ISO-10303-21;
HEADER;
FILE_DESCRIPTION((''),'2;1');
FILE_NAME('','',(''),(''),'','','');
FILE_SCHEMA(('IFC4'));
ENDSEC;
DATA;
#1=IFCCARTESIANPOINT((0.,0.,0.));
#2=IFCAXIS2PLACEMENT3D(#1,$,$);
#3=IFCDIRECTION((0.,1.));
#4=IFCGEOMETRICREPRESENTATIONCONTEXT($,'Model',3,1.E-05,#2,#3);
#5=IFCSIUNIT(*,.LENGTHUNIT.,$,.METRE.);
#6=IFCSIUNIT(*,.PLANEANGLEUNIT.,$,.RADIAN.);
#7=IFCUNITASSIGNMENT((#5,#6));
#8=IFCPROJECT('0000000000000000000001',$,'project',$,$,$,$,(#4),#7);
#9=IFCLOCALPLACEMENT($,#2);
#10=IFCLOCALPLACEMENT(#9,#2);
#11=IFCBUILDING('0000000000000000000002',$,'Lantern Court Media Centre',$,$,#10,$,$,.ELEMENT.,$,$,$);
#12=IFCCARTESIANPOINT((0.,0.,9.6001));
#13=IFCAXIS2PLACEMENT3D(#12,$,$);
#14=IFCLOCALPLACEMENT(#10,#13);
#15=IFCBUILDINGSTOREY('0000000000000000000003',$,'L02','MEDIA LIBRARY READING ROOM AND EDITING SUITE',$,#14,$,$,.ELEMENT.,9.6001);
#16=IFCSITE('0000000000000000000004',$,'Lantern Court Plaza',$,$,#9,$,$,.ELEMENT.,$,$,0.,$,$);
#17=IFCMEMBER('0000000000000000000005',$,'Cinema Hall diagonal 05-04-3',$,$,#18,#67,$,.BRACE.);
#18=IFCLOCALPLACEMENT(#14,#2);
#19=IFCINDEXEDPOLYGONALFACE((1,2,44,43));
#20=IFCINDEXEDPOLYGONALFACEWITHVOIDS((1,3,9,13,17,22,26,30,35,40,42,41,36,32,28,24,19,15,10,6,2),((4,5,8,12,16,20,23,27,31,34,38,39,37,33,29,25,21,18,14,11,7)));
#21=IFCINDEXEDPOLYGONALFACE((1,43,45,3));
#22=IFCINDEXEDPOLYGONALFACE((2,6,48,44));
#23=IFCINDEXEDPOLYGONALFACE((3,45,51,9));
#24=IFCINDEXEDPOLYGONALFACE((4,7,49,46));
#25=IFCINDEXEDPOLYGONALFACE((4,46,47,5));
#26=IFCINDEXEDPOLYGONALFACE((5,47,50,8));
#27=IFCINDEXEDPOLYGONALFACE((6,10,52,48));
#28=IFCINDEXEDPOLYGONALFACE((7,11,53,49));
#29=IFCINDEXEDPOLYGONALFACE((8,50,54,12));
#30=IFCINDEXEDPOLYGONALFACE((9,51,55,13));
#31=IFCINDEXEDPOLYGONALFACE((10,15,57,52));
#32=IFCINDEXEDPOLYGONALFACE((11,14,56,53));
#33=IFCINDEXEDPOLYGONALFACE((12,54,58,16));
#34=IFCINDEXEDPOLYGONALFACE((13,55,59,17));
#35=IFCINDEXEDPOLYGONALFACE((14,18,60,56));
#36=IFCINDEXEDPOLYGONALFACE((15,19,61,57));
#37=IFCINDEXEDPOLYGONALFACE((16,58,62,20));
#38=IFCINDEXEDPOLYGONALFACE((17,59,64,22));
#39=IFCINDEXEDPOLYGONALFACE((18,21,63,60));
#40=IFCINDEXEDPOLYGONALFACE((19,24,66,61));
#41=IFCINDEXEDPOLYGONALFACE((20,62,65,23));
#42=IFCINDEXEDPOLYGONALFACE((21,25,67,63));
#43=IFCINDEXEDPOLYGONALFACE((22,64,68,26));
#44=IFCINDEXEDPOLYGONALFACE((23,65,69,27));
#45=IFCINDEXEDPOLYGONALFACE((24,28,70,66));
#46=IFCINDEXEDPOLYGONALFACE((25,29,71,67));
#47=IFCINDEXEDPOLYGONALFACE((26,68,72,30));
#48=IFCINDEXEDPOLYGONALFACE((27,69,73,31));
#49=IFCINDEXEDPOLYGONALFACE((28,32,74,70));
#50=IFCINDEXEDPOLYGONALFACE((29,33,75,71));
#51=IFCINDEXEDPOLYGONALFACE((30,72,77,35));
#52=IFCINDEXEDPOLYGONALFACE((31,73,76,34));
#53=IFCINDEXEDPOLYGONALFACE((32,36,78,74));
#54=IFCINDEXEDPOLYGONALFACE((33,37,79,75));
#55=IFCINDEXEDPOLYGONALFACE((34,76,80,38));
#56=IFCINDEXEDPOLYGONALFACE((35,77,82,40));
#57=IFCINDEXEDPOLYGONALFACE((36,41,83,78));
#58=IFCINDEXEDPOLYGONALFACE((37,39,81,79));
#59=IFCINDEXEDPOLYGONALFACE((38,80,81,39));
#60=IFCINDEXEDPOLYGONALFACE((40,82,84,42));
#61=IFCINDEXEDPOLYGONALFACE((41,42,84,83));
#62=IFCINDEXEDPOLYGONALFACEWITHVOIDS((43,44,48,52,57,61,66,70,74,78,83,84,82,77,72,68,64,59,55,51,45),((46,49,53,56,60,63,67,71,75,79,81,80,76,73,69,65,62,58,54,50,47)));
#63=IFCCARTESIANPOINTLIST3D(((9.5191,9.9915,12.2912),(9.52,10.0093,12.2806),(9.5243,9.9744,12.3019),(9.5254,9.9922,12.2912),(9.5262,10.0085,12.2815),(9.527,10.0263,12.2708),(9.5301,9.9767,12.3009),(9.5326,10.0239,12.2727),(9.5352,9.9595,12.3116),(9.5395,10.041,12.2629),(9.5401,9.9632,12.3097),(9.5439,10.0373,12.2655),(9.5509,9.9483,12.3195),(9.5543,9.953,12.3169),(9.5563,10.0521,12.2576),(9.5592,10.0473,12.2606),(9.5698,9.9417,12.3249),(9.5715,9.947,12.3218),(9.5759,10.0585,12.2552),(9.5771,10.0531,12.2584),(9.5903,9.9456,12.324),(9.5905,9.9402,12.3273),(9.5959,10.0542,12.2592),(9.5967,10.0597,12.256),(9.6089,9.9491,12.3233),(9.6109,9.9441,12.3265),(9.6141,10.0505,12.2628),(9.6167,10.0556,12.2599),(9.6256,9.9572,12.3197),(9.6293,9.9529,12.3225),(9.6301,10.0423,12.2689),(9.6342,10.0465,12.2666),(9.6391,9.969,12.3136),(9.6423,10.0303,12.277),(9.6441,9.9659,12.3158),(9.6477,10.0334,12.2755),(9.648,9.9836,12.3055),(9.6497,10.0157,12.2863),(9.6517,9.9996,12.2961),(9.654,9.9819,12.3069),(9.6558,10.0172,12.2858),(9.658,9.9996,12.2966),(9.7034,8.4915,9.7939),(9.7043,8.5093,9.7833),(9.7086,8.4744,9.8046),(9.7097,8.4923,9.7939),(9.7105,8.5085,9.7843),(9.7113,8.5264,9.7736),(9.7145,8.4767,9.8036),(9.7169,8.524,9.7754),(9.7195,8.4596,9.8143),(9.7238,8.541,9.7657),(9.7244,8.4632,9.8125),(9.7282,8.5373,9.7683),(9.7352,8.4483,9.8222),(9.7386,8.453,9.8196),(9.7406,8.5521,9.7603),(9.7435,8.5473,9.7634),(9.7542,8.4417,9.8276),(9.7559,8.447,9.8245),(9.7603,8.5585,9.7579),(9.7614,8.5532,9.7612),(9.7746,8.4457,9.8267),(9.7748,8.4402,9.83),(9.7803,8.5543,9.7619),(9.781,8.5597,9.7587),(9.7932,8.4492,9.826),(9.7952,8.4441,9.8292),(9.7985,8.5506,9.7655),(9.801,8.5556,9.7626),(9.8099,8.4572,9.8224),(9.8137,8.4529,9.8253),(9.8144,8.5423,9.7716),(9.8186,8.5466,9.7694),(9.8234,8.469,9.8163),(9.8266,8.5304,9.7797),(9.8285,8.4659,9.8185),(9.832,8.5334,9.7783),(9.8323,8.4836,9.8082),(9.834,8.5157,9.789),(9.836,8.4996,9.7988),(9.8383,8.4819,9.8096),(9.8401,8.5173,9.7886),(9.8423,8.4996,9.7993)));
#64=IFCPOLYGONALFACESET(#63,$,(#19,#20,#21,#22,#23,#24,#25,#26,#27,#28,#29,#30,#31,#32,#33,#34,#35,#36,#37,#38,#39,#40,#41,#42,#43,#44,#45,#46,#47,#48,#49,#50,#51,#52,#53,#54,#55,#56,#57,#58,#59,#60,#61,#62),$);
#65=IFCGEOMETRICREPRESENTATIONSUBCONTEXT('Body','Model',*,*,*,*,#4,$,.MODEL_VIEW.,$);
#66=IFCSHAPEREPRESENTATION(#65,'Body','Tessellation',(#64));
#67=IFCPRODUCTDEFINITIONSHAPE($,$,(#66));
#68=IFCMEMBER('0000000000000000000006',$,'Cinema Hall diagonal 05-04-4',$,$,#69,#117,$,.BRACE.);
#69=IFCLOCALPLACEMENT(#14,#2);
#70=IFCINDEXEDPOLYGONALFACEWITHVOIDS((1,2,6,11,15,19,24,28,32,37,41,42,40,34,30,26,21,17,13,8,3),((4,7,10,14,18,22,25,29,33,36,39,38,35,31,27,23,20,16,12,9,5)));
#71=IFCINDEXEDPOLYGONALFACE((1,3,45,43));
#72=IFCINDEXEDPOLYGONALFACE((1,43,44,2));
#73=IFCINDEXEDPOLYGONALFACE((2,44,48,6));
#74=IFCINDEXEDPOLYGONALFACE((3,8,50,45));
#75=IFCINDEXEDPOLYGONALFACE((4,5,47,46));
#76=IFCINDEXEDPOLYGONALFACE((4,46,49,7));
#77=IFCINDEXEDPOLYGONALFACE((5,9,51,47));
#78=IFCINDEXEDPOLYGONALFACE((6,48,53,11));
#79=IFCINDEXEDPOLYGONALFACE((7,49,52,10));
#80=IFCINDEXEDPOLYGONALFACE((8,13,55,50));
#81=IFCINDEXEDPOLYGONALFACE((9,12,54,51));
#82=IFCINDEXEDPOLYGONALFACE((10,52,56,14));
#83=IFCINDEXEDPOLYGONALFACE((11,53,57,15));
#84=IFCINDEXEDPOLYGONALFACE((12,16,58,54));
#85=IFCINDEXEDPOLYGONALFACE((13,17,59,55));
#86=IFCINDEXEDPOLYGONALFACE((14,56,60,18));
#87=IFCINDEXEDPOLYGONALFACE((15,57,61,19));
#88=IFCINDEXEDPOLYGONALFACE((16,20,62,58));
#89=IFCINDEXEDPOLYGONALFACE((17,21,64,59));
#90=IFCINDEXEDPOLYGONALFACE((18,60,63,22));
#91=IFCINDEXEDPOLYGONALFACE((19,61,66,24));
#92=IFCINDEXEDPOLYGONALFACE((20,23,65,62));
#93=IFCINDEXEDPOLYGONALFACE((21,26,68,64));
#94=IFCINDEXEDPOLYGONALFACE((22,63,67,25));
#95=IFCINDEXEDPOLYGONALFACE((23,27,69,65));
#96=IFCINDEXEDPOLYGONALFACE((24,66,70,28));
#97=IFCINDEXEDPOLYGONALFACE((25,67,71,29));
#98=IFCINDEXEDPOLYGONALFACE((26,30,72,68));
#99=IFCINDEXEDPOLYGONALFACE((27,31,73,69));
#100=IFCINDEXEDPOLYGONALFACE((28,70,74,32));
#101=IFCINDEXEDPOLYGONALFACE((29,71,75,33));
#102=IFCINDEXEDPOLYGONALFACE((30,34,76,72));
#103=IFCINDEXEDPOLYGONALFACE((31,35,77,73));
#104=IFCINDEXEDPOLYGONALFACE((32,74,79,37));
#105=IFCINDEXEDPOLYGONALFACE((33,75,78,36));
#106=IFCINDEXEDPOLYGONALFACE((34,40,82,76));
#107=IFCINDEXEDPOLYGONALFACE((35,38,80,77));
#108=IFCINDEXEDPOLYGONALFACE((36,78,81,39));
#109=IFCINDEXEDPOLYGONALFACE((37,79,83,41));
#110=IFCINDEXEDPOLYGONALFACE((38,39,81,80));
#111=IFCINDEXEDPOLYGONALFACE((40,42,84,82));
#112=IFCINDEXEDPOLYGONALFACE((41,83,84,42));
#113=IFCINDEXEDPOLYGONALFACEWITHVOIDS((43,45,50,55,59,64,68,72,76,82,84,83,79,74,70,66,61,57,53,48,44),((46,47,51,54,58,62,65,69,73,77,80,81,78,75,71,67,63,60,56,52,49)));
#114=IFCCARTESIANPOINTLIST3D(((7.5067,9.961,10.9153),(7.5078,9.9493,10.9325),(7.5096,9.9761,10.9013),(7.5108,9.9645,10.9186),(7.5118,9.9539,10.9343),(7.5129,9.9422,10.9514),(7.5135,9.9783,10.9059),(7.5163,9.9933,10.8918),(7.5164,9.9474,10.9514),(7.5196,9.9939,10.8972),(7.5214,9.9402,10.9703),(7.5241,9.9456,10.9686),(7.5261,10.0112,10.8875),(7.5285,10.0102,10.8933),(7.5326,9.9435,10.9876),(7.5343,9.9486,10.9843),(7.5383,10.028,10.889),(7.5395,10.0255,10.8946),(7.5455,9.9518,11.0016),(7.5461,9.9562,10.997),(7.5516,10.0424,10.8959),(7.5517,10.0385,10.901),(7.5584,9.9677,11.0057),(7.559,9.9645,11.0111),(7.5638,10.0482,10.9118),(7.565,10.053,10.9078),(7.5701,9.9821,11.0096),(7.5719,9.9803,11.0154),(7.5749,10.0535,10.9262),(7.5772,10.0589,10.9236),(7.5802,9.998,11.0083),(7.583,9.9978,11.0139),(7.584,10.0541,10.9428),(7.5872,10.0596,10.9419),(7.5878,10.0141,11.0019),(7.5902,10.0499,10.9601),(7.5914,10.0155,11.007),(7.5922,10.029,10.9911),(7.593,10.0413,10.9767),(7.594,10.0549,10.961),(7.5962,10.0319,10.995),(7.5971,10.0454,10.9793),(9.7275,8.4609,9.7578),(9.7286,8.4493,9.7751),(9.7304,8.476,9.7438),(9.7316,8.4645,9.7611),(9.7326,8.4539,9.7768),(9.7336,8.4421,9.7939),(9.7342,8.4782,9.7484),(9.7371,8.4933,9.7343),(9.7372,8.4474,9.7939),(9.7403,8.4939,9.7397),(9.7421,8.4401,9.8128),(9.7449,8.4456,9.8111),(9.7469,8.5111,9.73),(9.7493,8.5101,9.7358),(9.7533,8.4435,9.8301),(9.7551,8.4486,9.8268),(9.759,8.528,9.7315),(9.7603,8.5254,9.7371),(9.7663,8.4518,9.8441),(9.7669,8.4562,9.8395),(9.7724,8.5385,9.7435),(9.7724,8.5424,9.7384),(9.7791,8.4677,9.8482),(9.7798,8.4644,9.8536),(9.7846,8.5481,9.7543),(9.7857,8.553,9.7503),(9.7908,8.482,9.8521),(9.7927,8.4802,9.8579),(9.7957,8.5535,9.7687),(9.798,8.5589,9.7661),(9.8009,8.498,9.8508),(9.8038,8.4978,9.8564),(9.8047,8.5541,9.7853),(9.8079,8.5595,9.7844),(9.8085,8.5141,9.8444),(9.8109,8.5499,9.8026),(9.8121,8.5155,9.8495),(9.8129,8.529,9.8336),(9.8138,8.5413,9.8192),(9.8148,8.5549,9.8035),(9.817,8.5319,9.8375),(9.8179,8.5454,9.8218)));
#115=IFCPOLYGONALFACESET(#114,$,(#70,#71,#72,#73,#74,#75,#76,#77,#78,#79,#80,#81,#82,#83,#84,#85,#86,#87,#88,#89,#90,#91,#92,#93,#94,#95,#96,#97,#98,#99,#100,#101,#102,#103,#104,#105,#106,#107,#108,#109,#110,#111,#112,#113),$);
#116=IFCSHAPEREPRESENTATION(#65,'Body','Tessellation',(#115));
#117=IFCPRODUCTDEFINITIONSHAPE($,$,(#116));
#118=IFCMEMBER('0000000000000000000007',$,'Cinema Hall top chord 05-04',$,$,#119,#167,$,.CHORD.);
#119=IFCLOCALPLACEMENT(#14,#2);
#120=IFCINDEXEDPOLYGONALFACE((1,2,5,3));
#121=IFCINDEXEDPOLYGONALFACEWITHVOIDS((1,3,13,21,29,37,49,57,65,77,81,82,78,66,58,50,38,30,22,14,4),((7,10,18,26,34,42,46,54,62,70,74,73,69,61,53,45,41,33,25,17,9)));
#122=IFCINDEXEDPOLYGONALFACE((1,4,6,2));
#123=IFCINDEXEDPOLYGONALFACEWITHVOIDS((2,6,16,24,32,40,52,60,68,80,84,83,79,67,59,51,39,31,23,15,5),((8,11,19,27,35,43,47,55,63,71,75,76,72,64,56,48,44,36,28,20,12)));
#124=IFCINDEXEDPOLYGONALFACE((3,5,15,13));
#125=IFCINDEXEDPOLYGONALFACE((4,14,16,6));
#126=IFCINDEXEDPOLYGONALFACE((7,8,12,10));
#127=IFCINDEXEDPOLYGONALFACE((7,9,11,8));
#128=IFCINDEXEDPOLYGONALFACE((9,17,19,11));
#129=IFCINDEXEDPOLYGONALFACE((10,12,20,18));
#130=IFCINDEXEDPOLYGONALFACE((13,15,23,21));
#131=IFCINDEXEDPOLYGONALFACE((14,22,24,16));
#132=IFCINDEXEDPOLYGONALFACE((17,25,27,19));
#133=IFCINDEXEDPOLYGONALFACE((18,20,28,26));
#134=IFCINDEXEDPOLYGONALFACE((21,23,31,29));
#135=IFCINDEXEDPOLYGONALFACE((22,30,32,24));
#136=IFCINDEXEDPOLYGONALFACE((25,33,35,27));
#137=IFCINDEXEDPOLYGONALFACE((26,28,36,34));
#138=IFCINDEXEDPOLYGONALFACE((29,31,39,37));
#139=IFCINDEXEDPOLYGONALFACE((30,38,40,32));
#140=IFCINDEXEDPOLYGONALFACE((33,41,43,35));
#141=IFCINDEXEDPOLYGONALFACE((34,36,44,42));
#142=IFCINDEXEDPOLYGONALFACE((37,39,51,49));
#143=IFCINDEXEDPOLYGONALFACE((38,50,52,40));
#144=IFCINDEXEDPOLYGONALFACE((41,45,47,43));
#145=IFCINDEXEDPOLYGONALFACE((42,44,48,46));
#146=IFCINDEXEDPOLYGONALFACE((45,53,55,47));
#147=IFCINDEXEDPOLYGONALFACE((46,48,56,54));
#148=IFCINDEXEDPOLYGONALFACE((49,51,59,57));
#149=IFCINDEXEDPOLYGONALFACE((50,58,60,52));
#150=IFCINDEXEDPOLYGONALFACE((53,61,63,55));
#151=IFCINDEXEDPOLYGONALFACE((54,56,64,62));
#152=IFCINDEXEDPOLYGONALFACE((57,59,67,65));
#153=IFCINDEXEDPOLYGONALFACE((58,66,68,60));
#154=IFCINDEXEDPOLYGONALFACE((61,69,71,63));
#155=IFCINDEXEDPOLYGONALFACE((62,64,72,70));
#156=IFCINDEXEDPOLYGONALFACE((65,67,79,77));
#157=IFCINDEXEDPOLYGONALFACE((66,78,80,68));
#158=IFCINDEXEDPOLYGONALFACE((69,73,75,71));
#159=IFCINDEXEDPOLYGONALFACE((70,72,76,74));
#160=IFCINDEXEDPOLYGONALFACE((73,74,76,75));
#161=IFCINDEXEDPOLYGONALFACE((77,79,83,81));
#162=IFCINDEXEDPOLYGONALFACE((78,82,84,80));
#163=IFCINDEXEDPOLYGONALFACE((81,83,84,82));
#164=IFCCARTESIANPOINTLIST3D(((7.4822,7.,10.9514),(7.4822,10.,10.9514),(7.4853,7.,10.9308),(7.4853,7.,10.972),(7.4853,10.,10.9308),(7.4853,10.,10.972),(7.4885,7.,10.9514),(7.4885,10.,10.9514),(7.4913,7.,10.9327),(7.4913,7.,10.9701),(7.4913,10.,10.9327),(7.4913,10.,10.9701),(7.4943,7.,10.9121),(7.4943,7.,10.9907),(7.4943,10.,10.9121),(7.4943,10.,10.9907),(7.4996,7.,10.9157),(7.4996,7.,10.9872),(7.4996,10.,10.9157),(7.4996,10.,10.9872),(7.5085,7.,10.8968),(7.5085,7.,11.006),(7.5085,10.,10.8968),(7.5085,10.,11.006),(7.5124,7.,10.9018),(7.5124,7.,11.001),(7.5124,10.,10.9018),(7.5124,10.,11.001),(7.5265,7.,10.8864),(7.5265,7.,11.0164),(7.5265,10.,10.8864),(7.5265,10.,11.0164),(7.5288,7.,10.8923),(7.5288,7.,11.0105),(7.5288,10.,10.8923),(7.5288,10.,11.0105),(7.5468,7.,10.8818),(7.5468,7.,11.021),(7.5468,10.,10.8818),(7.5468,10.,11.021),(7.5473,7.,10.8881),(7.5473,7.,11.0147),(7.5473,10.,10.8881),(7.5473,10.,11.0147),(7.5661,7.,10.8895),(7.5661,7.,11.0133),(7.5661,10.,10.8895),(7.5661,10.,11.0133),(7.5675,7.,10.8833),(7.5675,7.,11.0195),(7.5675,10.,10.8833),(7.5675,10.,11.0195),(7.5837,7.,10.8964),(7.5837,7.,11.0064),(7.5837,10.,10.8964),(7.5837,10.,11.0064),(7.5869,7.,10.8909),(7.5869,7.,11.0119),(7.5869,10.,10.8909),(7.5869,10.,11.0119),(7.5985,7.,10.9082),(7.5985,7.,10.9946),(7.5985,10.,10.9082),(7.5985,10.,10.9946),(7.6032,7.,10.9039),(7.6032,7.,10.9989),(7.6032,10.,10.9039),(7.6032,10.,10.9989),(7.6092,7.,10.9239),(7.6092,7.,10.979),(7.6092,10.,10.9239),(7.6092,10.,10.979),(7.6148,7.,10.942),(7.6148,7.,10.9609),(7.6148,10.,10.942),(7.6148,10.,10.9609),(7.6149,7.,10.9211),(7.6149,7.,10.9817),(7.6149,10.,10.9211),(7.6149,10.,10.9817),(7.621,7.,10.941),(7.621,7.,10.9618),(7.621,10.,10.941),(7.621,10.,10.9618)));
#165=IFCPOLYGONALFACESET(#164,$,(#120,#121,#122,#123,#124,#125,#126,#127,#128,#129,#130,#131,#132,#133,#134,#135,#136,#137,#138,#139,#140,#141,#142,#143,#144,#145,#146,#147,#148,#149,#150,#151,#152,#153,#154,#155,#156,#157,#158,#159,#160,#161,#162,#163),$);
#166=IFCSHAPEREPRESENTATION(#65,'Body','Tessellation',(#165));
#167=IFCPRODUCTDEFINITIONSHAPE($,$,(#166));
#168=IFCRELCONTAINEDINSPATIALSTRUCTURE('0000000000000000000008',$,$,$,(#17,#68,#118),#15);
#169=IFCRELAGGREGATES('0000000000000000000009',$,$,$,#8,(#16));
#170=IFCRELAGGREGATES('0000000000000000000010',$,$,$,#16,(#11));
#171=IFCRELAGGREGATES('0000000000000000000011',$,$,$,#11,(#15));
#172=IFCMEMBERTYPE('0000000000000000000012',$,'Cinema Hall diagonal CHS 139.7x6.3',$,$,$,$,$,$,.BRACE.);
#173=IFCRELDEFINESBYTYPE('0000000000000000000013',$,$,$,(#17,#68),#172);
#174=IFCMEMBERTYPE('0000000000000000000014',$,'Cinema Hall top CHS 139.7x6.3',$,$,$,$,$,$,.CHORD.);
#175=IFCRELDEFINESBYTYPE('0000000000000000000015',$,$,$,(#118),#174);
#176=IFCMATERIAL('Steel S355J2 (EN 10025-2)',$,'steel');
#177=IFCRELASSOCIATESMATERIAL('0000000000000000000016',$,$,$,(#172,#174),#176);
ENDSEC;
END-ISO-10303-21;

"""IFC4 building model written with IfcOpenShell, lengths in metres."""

from ifc_helpers import new_model, si_unit, direction, frame, origin, origin_2d, place, context, subcontext, project, spatial, hollow_circle, extrude, material, material_profile, profile_set, type_object, element, save


model = new_model("IFC4")

# Units and contexts
model_context = context("Model", 3, precision=1e-05, world=origin(), true_north=direction((0.0, 1.0)))
body_context = subcontext(model_context, "Body", "Model", "MODEL_VIEW")
ifc_project = project(units=[si_unit("LENGTHUNIT", "METRE"), si_unit("PLANEANGLEUNIT", "RADIAN")], contexts=[model_context])

# Site, building, storey
site_placement = place(None, origin())
site = spatial("IfcSite", under=ifc_project, at=site_placement, Name="Lantern Court Plaza", CompositionType="ELEMENT", RefElevation=0.0)
building_placement = place(site_placement, origin())
building = spatial("IfcBuilding", under=site, at=building_placement, Name="Lantern Court Media Centre", CompositionType="ELEMENT")
storey_placement = place(building_placement, frame((0.0, 0.0, 9.6001)))
storey = spatial("IfcBuildingStorey", under=building, at=storey_placement, Name="L02", Description="MEDIA LIBRARY READING ROOM AND EDITING SUITE", CompositionType="ELEMENT", Elevation=9.6001)

# Members
ifc_material = material(Name="Steel S355J2 (EN 10025-2)", Category="steel")
ifc_material_profile_1 = material_profile(ifc_material, hollow_circle(Radius=0.0698, WallThickness=0.0063, at=origin_2d()), Name="Cinema Hall diagonal CHS 139.7x6.3")
ifc_profile_set_1 = profile_set([ifc_material_profile_1], Name="Steel S355J2 (EN 10025-2)")
member_type_1 = type_object("IfcMemberType", Name="Cinema Hall diagonal CHS 139.7x6.3", PredefinedType="BRACE", material=ifc_profile_set_1)
for number, where, z_axis, x_axis, name in (
    (1, (9.7727, 8.5, 9.7939), (-0.063147, 0.513875, 0.855538), (-0.992534, -0.121967, 0.0), "Cinema Hall diagonal 05-04-3"),
):
    element("IfcMember", number, at=place(storey_placement, frame(where, z_axis=z_axis, x_axis=x_axis)), inside=storey, type_object=member_type_1, Name=name, PredefinedType="BRACE", context=body_context, shape_type="SweptSolid", body=[
        extrude(hollow_circle(Radius=0.0698, WallThickness=0.0063, at=origin_2d()), origin(), (0.0, 0.0, 1.0), 2.9189),
    ])
member_1_placement = place(storey_placement, frame((9.7727, 8.5, 9.7939), z_axis=(-0.760744, 0.513854, 0.396514), x_axis=(-0.559736, -0.828671, 0.0)))
element("IfcMember", 2, at=member_1_placement, inside=storey, type_object=member_type_1, Name="Cinema Hall diagonal 05-04-4", PredefinedType="BRACE", context=body_context, shape_type="SweptSolid", body=[
    extrude(hollow_circle(Radius=0.0698, WallThickness=0.0063, at=origin_2d()), origin(), (0.0, 0.0, 1.0), 2.9192),
])
ifc_material_profile_2 = material_profile(ifc_material, hollow_circle(Radius=0.0698, WallThickness=0.0063, at=origin_2d()), Name="Cinema Hall top CHS 139.7x6.3")
ifc_profile_set_2 = profile_set([ifc_material_profile_2], Name="Steel S355J2 (EN 10025-2)")
member_type_2 = type_object("IfcMemberType", Name="Cinema Hall top CHS 139.7x6.3", PredefinedType="CHORD", material=ifc_profile_set_2)
member_2_placement = place(storey_placement, frame((7.552, 7.0, 10.9514), z_axis=(0.0, 1.0, 0.0), x_axis=(-1.0, 0.0, 0.0)))
element("IfcMember", 3, at=member_2_placement, inside=storey, type_object=member_type_2, Name="Cinema Hall top chord 05-04", PredefinedType="CHORD", context=body_context, shape_type="SweptSolid", body=[
    extrude(hollow_circle(Radius=0.0698, WallThickness=0.0063, at=origin_2d()), origin(), (0.0, 0.0, 1.0), 3.0),
])

save(model, "model.ifc")
